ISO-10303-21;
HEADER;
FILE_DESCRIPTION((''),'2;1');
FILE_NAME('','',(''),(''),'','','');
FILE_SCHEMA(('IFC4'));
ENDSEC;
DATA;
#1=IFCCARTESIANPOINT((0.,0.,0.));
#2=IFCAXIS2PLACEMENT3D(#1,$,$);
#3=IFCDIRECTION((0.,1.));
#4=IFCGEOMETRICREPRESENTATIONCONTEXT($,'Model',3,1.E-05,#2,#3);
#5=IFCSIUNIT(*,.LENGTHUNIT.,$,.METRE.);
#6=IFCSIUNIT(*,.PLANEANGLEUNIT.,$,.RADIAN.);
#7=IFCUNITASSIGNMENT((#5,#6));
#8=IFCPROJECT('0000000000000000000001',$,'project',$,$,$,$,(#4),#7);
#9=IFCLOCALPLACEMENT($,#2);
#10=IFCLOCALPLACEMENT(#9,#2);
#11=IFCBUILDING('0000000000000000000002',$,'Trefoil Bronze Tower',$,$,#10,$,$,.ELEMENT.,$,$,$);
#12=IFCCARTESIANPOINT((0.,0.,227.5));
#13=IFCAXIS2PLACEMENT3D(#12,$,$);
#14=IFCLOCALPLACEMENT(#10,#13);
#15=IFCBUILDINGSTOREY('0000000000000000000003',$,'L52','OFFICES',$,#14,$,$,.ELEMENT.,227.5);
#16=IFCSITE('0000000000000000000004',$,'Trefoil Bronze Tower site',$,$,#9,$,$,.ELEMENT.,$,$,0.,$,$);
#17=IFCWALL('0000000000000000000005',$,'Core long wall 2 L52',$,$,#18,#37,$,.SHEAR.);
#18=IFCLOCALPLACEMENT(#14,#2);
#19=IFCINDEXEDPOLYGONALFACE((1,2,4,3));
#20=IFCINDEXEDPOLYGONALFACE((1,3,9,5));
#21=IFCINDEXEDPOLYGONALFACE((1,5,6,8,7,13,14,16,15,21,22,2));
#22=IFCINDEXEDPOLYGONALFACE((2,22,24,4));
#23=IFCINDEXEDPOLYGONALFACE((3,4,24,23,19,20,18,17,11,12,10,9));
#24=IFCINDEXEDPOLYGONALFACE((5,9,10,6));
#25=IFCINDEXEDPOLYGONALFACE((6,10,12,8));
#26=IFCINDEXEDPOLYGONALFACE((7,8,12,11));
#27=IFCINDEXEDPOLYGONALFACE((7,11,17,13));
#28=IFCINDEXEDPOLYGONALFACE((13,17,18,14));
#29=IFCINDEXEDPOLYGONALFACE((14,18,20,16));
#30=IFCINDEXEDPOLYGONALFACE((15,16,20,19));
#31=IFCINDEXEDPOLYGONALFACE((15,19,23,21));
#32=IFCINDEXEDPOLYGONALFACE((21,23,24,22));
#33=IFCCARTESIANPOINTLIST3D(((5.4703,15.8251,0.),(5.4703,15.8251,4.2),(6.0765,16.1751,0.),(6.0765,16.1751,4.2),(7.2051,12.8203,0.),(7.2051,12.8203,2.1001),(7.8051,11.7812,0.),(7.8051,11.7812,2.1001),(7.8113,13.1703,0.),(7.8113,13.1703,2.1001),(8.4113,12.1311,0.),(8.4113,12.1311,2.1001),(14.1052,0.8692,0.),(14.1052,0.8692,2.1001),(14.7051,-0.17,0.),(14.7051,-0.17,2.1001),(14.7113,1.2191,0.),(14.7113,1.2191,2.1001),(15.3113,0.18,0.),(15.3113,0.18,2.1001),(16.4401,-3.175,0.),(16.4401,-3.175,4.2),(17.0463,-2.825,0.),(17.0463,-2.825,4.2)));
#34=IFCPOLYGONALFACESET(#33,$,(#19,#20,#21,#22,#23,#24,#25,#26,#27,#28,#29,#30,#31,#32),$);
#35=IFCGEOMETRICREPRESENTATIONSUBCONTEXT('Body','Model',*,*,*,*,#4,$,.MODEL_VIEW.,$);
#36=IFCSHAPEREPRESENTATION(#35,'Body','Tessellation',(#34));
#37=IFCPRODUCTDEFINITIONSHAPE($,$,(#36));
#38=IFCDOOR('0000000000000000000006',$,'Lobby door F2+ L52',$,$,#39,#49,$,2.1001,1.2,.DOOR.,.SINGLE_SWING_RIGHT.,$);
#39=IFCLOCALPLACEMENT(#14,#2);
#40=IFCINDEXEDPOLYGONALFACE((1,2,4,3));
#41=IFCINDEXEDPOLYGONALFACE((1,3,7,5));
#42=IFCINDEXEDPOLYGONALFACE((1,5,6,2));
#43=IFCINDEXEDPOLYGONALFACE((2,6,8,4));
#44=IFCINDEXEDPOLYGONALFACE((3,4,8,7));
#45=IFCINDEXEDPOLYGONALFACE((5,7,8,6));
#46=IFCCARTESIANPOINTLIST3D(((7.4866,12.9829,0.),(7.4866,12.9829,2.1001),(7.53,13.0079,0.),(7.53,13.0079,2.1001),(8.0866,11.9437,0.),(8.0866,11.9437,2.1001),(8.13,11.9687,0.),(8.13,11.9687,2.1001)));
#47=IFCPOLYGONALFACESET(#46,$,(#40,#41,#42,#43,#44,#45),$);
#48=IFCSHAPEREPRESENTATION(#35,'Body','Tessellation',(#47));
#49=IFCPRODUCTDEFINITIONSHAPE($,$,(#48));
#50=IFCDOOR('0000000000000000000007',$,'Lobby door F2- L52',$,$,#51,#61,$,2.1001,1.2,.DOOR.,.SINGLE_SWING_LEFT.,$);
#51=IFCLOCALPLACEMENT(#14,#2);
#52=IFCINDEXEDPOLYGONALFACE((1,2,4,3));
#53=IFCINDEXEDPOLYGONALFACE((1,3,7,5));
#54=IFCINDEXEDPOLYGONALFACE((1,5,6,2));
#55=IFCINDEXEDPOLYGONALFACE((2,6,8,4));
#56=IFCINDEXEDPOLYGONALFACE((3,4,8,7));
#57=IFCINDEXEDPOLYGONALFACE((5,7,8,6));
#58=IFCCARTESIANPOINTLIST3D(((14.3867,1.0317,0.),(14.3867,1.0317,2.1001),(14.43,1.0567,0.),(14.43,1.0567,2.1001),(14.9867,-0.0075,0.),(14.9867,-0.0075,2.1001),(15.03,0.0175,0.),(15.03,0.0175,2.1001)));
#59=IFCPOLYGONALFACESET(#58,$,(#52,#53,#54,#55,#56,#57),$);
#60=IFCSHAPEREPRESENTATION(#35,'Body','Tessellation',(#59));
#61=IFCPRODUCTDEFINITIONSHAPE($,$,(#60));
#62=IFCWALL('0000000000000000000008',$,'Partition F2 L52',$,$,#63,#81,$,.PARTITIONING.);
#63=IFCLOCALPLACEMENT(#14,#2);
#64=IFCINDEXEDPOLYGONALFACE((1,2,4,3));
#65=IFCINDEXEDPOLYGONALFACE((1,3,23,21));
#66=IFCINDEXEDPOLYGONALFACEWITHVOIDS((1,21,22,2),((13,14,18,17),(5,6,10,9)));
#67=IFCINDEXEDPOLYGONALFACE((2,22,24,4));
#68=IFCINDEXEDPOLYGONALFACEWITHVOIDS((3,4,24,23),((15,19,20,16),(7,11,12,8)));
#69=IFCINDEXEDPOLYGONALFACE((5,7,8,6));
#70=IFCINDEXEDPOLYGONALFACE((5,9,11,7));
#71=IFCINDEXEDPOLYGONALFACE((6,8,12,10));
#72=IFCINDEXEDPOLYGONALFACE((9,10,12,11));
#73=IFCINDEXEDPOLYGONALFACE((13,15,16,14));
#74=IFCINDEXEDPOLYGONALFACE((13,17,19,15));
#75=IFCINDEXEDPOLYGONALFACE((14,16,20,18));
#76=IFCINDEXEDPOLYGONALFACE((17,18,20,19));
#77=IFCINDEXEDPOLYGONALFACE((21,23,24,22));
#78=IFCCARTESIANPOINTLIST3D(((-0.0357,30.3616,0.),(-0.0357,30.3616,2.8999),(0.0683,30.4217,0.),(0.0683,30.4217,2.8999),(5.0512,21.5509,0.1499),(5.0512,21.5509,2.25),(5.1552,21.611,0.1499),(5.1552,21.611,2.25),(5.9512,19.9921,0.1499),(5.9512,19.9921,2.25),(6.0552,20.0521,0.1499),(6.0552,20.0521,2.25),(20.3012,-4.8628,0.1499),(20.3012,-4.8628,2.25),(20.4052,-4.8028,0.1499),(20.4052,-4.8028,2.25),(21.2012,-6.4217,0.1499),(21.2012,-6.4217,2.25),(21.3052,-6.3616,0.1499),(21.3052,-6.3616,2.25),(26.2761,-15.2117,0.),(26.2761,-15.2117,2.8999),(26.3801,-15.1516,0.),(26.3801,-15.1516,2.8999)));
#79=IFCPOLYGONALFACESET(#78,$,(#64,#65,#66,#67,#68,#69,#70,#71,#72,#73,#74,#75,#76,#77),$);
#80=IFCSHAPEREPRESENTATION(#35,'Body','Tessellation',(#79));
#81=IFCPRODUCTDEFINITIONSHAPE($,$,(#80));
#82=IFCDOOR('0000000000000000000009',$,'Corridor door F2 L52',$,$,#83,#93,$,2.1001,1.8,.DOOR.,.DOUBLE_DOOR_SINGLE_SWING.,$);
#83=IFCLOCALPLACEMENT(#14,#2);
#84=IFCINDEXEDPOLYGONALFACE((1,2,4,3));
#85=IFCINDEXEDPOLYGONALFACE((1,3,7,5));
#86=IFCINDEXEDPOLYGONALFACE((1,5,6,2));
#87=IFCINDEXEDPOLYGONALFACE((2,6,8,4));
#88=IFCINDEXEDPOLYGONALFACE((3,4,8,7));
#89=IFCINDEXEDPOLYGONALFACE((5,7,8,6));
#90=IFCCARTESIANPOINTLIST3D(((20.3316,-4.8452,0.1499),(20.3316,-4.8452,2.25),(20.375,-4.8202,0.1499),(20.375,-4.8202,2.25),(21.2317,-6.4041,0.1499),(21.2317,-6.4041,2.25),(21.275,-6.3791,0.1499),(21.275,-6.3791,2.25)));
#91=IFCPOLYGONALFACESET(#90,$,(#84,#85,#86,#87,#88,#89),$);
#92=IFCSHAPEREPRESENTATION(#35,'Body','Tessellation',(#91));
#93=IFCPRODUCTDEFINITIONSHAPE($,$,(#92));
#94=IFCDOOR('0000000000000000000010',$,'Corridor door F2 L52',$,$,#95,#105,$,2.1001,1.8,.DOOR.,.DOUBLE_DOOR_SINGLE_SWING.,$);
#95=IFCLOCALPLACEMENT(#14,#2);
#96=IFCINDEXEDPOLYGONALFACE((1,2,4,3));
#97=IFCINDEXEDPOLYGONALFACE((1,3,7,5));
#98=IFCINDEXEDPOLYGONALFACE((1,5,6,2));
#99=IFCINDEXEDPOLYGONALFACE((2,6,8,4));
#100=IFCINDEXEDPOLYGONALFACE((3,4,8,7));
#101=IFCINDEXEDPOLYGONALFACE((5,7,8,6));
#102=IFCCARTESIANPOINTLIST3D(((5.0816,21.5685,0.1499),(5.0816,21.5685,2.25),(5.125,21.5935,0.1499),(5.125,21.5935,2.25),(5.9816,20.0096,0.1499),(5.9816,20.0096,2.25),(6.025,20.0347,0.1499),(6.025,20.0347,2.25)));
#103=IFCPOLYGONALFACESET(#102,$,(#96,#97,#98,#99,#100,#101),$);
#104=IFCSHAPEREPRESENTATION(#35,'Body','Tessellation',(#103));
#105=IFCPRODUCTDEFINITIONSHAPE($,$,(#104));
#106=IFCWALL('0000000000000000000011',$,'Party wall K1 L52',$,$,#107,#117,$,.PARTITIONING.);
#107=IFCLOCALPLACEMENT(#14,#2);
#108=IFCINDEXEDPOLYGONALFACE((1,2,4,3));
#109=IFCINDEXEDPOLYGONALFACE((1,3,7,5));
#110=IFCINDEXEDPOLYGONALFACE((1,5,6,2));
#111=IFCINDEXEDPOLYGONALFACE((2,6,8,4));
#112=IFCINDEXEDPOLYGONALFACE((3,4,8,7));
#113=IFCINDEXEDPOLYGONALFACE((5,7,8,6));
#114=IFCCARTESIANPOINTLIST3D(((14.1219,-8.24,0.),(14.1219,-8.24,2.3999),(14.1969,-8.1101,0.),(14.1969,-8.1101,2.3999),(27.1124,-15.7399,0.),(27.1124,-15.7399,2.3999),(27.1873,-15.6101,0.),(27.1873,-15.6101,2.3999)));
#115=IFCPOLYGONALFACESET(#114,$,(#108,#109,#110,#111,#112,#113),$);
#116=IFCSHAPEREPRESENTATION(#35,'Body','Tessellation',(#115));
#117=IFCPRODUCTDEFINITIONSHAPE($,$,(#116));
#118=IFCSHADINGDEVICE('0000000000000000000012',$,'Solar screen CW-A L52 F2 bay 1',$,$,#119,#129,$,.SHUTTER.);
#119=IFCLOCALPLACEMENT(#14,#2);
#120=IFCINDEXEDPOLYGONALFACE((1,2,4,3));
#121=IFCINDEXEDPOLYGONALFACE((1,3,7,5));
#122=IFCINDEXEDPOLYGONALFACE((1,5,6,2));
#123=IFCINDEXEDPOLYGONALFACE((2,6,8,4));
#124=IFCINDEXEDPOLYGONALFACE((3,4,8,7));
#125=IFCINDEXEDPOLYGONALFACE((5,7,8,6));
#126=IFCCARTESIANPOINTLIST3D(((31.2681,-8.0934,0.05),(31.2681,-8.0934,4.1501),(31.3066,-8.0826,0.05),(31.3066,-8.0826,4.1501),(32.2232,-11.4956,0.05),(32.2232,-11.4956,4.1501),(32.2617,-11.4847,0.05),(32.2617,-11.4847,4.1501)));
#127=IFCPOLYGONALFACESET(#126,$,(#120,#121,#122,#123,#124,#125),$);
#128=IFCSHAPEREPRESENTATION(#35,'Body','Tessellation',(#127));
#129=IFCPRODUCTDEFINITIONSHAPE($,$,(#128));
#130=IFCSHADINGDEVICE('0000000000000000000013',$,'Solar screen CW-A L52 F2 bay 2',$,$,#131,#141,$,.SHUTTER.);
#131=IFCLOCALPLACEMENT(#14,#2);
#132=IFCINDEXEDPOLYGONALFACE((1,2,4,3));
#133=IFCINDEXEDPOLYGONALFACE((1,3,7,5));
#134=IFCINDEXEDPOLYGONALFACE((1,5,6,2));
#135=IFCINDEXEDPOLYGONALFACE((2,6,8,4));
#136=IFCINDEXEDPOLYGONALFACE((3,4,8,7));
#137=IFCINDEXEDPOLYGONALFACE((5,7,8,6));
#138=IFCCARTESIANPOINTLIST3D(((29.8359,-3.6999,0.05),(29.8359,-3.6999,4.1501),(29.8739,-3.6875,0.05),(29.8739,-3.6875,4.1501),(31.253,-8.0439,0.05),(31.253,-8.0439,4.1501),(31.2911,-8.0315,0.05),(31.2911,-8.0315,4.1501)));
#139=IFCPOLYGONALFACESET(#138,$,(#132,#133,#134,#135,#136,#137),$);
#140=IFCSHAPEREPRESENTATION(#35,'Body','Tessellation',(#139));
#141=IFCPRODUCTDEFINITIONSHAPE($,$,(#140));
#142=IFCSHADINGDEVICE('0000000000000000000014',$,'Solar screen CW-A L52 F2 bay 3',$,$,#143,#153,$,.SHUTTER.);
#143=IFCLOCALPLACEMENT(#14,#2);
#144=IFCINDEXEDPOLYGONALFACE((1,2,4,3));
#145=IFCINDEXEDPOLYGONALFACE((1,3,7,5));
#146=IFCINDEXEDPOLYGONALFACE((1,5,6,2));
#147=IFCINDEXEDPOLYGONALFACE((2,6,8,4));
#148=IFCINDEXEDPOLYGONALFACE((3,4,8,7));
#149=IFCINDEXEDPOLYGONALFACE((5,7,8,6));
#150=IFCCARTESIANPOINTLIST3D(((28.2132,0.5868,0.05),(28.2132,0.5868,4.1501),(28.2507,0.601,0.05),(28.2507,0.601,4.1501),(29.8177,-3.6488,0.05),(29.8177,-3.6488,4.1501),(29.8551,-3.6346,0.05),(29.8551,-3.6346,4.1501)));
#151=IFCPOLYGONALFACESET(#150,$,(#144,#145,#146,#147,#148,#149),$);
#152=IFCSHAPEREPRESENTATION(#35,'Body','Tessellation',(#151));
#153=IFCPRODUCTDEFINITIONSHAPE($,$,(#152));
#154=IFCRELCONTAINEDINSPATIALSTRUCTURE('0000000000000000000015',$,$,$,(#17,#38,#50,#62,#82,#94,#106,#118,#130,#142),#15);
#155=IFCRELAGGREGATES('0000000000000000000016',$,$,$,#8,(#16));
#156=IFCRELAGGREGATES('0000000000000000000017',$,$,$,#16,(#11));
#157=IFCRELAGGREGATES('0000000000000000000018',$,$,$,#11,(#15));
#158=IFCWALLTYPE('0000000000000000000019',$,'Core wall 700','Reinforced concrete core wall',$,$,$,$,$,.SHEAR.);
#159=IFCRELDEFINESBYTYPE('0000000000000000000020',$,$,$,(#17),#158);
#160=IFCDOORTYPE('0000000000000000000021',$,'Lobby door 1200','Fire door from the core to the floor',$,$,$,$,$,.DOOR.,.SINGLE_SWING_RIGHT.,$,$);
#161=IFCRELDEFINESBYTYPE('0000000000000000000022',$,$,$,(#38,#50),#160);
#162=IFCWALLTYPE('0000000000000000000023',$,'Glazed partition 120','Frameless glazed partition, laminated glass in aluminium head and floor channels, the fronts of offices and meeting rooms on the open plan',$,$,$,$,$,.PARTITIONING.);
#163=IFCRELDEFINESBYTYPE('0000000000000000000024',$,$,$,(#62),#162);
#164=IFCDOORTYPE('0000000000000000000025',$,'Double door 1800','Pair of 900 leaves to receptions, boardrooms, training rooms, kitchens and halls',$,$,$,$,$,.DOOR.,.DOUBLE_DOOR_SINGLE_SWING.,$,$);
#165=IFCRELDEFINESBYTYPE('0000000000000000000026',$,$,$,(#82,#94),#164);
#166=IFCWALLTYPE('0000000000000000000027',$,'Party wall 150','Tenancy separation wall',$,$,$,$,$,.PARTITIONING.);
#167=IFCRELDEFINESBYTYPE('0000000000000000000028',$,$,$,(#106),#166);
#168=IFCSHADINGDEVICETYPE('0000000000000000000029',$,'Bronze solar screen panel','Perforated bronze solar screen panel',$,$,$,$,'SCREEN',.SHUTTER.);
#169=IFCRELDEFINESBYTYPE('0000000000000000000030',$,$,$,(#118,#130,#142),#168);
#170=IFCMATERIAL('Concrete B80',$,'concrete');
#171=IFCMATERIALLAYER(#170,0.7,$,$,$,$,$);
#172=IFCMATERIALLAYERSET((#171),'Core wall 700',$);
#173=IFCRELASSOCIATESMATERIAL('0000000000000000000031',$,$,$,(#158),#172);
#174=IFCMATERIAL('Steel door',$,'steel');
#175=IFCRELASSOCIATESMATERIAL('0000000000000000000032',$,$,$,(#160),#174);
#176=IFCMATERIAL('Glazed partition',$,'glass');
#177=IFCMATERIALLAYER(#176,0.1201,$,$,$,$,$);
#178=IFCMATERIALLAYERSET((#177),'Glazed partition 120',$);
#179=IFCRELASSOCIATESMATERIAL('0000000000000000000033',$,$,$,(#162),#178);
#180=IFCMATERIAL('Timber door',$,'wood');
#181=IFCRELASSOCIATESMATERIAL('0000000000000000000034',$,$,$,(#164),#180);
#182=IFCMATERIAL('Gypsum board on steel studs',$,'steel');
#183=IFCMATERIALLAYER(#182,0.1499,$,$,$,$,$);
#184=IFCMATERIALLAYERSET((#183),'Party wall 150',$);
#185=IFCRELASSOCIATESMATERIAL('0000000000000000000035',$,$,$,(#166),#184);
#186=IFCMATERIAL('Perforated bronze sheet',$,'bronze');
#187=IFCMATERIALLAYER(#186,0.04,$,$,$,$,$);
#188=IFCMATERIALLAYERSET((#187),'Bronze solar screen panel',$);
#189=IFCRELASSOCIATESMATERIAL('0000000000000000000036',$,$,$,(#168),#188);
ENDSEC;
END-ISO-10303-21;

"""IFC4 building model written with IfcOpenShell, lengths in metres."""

from ifc_helpers import new_model, si_unit, direction, frame, frame_2d, origin, origin_2d, place, context, subcontext, project, spatial, rectangle, extrude, material, layer, layer_set, type_object, element, fill, save


model = new_model("IFC4")

# Units and contexts
model_context = context("Model", 3, precision=1e-05, world=origin(), true_north=direction((0.0, 1.0)))
body_context = subcontext(model_context, "Body", "Model", "MODEL_VIEW")
ifc_project = project(units=[si_unit("LENGTHUNIT", "METRE"), si_unit("PLANEANGLEUNIT", "RADIAN")], contexts=[model_context])

# Site, building, storey
site_placement = place(None, origin())
site = spatial("IfcSite", under=ifc_project, at=site_placement, Name="Trefoil Bronze Tower site", CompositionType="ELEMENT", RefElevation=0.0)
building_placement = place(site_placement, origin())
building = spatial("IfcBuilding", under=site, at=building_placement, Name="Trefoil Bronze Tower", CompositionType="ELEMENT")
storey_placement = place(building_placement, frame((0.0, 0.0, 227.5)))
storey = spatial("IfcBuildingStorey", under=building, at=storey_placement, Name="L52", Description="OFFICES", CompositionType="ELEMENT", Elevation=227.5)

# Walls, openings, doors
ifc_material_1 = material(Name="Concrete B80", Category="concrete")
ifc_layer_1 = layer(ifc_material_1, 0.7)
ifc_layer_set_1 = layer_set([ifc_layer_1], Name="Core wall 700")
wall_type_1 = type_object("IfcWallType", Name="Core wall 700", Description="Reinforced concrete core wall", PredefinedType="SHEAR", material=ifc_layer_set_1)
wall_1_placement = place(storey_placement, frame((16.7432, -3.0, 0.0), z_axis=(0.0, 0.0, 1.0), x_axis=(-0.500002, 0.866024, 0.0)))
wall_1 = element("IfcWall", 1, at=wall_1_placement, inside=storey, type_object=wall_type_1, Name="Core long wall 2 L52", PredefinedType="SHEAR", context=body_context, shape_type="SweptSolid", body=[
    extrude(rectangle(XDim=21.9395, YDim=0.7, at=frame_2d((10.9697, 0.0))), origin(), (0.0, 0.0, 1.0), 4.2),
])
opening_1_placement = place(wall_1_placement, frame((17.2698, 0.0, 0.0)))
opening_1 = element("IfcOpeningElement", 2, at=opening_1_placement, cuts=wall_1, PredefinedType="OPENING", context=body_context, shape_type="SweptSolid", body=[
    extrude(rectangle(XDim=1.2, YDim=2.1001, at=frame_2d((0.6001, 1.05))), frame((0.0, 0.3599, 0.0), z_axis=(0.0, -1.0, 0.0), x_axis=(1.0, 0.0, 0.0)), (0.0, 0.0, 1.0), 0.72),
])
opening_2_placement = place(wall_1_placement, frame((3.4697, 0.0, 0.0)))
opening_2 = element("IfcOpeningElement", 3, at=opening_2_placement, cuts=wall_1, PredefinedType="OPENING", context=body_context, shape_type="SweptSolid", body=[
    extrude(rectangle(XDim=1.2, YDim=2.1001, at=frame_2d((0.6001, 1.05))), frame((0.0, 0.3599, 0.0), z_axis=(0.0, -1.0, 0.0), x_axis=(1.0, 0.0, 0.0)), (0.0, 0.0, 1.0), 0.72),
])
ifc_material_2 = material(Name="Steel door", Category="steel")
door_type_1 = type_object("IfcDoorType", Name="Lobby door 1200", Description="Fire door from the core to the floor", OperationType="SINGLE_SWING_RIGHT", PredefinedType="DOOR", material=ifc_material_2)
door_1_placement = place(opening_1_placement, origin())
door_1 = element("IfcDoor", 4, at=door_1_placement, inside=storey, type_object=door_type_1, Name="Lobby door F2+ L52", OperationType="SINGLE_SWING_RIGHT", OverallHeight=2.1001, OverallWidth=1.2, PredefinedType="DOOR", context=body_context, shape_type="SweptSolid", body=[
    extrude(rectangle(XDim=1.2, YDim=2.1001, at=frame_2d((0.6001, 1.05))), frame((0.0, 0.0249, 0.0), z_axis=(0.0, -1.0, 0.0), x_axis=(1.0, 0.0, 0.0)), (0.0, 0.0, 1.0), 0.05),
])
fill(opening_1, door_1)
door_2_placement = place(opening_2_placement, origin())
door_2 = element("IfcDoor", 5, at=door_2_placement, inside=storey, type_object=door_type_1, Name="Lobby door F2- L52", OperationType="SINGLE_SWING_LEFT", OverallHeight=2.1001, OverallWidth=1.2, PredefinedType="DOOR", context=body_context, shape_type="SweptSolid", body=[
    extrude(rectangle(XDim=1.2, YDim=2.1001, at=frame_2d((0.6001, 1.05))), frame((0.0, 0.0249, 0.0), z_axis=(0.0, -1.0, 0.0), x_axis=(1.0, 0.0, 0.0)), (0.0, 0.0, 1.0), 0.05),
])
fill(opening_2, door_2)
ifc_material_3 = material(Name="Glazed partition", Category="glass")
ifc_layer_2 = layer(ifc_material_3, 0.1201)
ifc_layer_set_2 = layer_set([ifc_layer_2], Name="Glazed partition 120")
wall_type_2 = type_object("IfcWallType", Name="Glazed partition 120", Description="Frameless glazed partition, laminated glass in aluminium head and floor channels, the fronts of offices and meeting rooms on the open plan", PredefinedType="PARTITIONING", material=ifc_layer_set_2)
wall_2_placement = place(storey_placement, frame((26.3281, -15.1816, 0.0), z_axis=(0.0, 0.0, 1.0), x_axis=(-0.500001, 0.866025, 0.0)))
wall_2 = element("IfcWall", 6, at=wall_2_placement, inside=storey, type_object=wall_type_2, Name="Partition F2 L52", PredefinedType="PARTITIONING", context=body_context, shape_type="SweptSolid", body=[
    extrude(rectangle(XDim=52.6235, YDim=0.1201, at=frame_2d((26.3118, 0.0))), origin(), (0.0, 0.0, 1.0), 2.8999),
])
opening_3_placement = place(wall_2_placement, frame((10.1499, 0.0, 0.1499)))
opening_3 = element("IfcOpeningElement", 7, at=opening_3_placement, cuts=wall_2, PredefinedType="OPENING", context=body_context, shape_type="SweptSolid", body=[
    extrude(rectangle(XDim=1.8, YDim=2.1001, at=frame_2d((0.8999, 1.05))), frame((0.0, 0.0701, 0.0), z_axis=(0.0, -1.0, 0.0), x_axis=(1.0, 0.0, 0.0)), (0.0, 0.0, 1.0), 0.1401),
])
opening_4_placement = place(wall_2_placement, frame((40.6499, 0.0, 0.1499)))
opening_4 = element("IfcOpeningElement", 8, at=opening_4_placement, cuts=wall_2, PredefinedType="OPENING", context=body_context, shape_type="SweptSolid", body=[
    extrude(rectangle(XDim=1.8, YDim=2.1001, at=frame_2d((0.8999, 1.05))), frame((0.0, 0.0701, 0.0), z_axis=(0.0, -1.0, 0.0), x_axis=(1.0, 0.0, 0.0)), (0.0, 0.0, 1.0), 0.1401),
])
ifc_material_4 = material(Name="Timber door", Category="wood")
door_type_2 = type_object("IfcDoorType", Name="Double door 1800", Description="Pair of 900 leaves to receptions, boardrooms, training rooms, kitchens and halls", OperationType="DOUBLE_DOOR_SINGLE_SWING", PredefinedType="DOOR", material=ifc_material_4)
door_3_placement = place(opening_3_placement, origin())
door_3 = element("IfcDoor", 9, at=door_3_placement, inside=storey, type_object=door_type_2, Name="Corridor door F2 L52", OperationType="DOUBLE_DOOR_SINGLE_SWING", OverallHeight=2.1001, OverallWidth=1.8, PredefinedType="DOOR", context=body_context, shape_type="SweptSolid", body=[
    extrude(rectangle(XDim=1.8, YDim=2.1001, at=frame_2d((0.8999, 1.05))), frame((0.0, 0.0249, 0.0), z_axis=(0.0, -1.0, 0.0), x_axis=(1.0, 0.0, 0.0)), (0.0, 0.0, 1.0), 0.05),
])
fill(opening_3, door_3)
door_4_placement = place(opening_4_placement, origin())
door_4 = element("IfcDoor", 10, at=door_4_placement, inside=storey, type_object=door_type_2, Name="Corridor door F2 L52", OperationType="DOUBLE_DOOR_SINGLE_SWING", OverallHeight=2.1001, OverallWidth=1.8, PredefinedType="DOOR", context=body_context, shape_type="SweptSolid", body=[
    extrude(rectangle(XDim=1.8, YDim=2.1001, at=frame_2d((0.8999, 1.05))), frame((0.0, 0.0249, 0.0), z_axis=(0.0, -1.0, 0.0), x_axis=(1.0, 0.0, 0.0)), (0.0, 0.0, 1.0), 0.05),
])
fill(opening_4, door_4)

# Wall
ifc_material_5 = material(Name="Gypsum board on steel studs", Category="steel")
ifc_layer_3 = layer(ifc_material_5, 0.1499)
ifc_layer_set_3 = layer_set([ifc_layer_3], Name="Party wall 150")
wall_type_3 = type_object("IfcWallType", Name="Party wall 150", Description="Tenancy separation wall", PredefinedType="PARTITIONING", material=ifc_layer_set_3)
wall_3_placement = place(storey_placement, frame((14.1594, -8.175, 0.0), z_axis=(0.0, 0.0, 1.0), x_axis=(0.866027, -0.499997, 0.0)))
element("IfcWall", 11, at=wall_3_placement, inside=storey, type_object=wall_type_3, Name="Party wall K1 L52", PredefinedType="PARTITIONING", context=body_context, shape_type="SweptSolid", body=[
    extrude(rectangle(XDim=15.0, YDim=0.1499, at=frame_2d((7.5, 0.0))), origin(), (0.0, 0.0, 1.0), 2.3999),
])

# Shading devices
ifc_material_6 = material(Name="Perforated bronze sheet", Category="bronze")
ifc_layer_4 = layer(ifc_material_6, 0.04)
ifc_layer_set_4 = layer_set([ifc_layer_4], Name="Bronze solar screen panel")
shading_device_type = type_object("IfcShadingDeviceType", Name="Bronze solar screen panel", Description="Perforated bronze solar screen panel", ElementType="SCREEN", PredefinedType="SHUTTER", material=ifc_layer_set_4)
shading_device_1_placement = place(storey_placement, frame((31.7649, -9.7891, 0.05), z_axis=(0.0, 0.0, 1.0), x_axis=(-0.270282, 0.962781, 0.0)))
element("IfcShadingDevice", 12, at=shading_device_1_placement, inside=storey, type_object=shading_device_type, Name="Solar screen CW-A L52 F2 bay 1", PredefinedType="SHUTTER", context=body_context, shape_type="SweptSolid", body=[
    extrude(rectangle(XDim=3.5337, YDim=0.04, at=origin_2d()), origin(), (0.0, 0.0, 1.0), 4.1001),
])
shading_device_2_placement = place(storey_placement, frame((30.5635, -5.8657, 0.05), z_axis=(0.0, 0.0, 1.0), x_axis=(-0.310149, 0.950688, 0.0)))
element("IfcShadingDevice", 13, at=shading_device_2_placement, inside=storey, type_object=shading_device_type, Name="Solar screen CW-A L52 F2 bay 2", PredefinedType="SHUTTER", context=body_context, shape_type="SweptSolid", body=[
    extrude(rectangle(XDim=4.5693, YDim=0.04, at=origin_2d()), origin(), (0.0, 0.0, 1.0), 4.1001),
])
shading_device_3_placement = place(storey_placement, frame((29.0342, -1.5239, 0.05), z_axis=(0.0, 0.0, 1.0), x_axis=(-0.354234, 0.935157, 0.0)))
element("IfcShadingDevice", 14, at=shading_device_3_placement, inside=storey, type_object=shading_device_type, Name="Solar screen CW-A L52 F2 bay 3", PredefinedType="SHUTTER", context=body_context, shape_type="SweptSolid", body=[
    extrude(rectangle(XDim=4.5293, YDim=0.04, at=origin_2d()), origin(), (0.0, 0.0, 1.0), 4.1001),
])

save(model, "model.ifc")
